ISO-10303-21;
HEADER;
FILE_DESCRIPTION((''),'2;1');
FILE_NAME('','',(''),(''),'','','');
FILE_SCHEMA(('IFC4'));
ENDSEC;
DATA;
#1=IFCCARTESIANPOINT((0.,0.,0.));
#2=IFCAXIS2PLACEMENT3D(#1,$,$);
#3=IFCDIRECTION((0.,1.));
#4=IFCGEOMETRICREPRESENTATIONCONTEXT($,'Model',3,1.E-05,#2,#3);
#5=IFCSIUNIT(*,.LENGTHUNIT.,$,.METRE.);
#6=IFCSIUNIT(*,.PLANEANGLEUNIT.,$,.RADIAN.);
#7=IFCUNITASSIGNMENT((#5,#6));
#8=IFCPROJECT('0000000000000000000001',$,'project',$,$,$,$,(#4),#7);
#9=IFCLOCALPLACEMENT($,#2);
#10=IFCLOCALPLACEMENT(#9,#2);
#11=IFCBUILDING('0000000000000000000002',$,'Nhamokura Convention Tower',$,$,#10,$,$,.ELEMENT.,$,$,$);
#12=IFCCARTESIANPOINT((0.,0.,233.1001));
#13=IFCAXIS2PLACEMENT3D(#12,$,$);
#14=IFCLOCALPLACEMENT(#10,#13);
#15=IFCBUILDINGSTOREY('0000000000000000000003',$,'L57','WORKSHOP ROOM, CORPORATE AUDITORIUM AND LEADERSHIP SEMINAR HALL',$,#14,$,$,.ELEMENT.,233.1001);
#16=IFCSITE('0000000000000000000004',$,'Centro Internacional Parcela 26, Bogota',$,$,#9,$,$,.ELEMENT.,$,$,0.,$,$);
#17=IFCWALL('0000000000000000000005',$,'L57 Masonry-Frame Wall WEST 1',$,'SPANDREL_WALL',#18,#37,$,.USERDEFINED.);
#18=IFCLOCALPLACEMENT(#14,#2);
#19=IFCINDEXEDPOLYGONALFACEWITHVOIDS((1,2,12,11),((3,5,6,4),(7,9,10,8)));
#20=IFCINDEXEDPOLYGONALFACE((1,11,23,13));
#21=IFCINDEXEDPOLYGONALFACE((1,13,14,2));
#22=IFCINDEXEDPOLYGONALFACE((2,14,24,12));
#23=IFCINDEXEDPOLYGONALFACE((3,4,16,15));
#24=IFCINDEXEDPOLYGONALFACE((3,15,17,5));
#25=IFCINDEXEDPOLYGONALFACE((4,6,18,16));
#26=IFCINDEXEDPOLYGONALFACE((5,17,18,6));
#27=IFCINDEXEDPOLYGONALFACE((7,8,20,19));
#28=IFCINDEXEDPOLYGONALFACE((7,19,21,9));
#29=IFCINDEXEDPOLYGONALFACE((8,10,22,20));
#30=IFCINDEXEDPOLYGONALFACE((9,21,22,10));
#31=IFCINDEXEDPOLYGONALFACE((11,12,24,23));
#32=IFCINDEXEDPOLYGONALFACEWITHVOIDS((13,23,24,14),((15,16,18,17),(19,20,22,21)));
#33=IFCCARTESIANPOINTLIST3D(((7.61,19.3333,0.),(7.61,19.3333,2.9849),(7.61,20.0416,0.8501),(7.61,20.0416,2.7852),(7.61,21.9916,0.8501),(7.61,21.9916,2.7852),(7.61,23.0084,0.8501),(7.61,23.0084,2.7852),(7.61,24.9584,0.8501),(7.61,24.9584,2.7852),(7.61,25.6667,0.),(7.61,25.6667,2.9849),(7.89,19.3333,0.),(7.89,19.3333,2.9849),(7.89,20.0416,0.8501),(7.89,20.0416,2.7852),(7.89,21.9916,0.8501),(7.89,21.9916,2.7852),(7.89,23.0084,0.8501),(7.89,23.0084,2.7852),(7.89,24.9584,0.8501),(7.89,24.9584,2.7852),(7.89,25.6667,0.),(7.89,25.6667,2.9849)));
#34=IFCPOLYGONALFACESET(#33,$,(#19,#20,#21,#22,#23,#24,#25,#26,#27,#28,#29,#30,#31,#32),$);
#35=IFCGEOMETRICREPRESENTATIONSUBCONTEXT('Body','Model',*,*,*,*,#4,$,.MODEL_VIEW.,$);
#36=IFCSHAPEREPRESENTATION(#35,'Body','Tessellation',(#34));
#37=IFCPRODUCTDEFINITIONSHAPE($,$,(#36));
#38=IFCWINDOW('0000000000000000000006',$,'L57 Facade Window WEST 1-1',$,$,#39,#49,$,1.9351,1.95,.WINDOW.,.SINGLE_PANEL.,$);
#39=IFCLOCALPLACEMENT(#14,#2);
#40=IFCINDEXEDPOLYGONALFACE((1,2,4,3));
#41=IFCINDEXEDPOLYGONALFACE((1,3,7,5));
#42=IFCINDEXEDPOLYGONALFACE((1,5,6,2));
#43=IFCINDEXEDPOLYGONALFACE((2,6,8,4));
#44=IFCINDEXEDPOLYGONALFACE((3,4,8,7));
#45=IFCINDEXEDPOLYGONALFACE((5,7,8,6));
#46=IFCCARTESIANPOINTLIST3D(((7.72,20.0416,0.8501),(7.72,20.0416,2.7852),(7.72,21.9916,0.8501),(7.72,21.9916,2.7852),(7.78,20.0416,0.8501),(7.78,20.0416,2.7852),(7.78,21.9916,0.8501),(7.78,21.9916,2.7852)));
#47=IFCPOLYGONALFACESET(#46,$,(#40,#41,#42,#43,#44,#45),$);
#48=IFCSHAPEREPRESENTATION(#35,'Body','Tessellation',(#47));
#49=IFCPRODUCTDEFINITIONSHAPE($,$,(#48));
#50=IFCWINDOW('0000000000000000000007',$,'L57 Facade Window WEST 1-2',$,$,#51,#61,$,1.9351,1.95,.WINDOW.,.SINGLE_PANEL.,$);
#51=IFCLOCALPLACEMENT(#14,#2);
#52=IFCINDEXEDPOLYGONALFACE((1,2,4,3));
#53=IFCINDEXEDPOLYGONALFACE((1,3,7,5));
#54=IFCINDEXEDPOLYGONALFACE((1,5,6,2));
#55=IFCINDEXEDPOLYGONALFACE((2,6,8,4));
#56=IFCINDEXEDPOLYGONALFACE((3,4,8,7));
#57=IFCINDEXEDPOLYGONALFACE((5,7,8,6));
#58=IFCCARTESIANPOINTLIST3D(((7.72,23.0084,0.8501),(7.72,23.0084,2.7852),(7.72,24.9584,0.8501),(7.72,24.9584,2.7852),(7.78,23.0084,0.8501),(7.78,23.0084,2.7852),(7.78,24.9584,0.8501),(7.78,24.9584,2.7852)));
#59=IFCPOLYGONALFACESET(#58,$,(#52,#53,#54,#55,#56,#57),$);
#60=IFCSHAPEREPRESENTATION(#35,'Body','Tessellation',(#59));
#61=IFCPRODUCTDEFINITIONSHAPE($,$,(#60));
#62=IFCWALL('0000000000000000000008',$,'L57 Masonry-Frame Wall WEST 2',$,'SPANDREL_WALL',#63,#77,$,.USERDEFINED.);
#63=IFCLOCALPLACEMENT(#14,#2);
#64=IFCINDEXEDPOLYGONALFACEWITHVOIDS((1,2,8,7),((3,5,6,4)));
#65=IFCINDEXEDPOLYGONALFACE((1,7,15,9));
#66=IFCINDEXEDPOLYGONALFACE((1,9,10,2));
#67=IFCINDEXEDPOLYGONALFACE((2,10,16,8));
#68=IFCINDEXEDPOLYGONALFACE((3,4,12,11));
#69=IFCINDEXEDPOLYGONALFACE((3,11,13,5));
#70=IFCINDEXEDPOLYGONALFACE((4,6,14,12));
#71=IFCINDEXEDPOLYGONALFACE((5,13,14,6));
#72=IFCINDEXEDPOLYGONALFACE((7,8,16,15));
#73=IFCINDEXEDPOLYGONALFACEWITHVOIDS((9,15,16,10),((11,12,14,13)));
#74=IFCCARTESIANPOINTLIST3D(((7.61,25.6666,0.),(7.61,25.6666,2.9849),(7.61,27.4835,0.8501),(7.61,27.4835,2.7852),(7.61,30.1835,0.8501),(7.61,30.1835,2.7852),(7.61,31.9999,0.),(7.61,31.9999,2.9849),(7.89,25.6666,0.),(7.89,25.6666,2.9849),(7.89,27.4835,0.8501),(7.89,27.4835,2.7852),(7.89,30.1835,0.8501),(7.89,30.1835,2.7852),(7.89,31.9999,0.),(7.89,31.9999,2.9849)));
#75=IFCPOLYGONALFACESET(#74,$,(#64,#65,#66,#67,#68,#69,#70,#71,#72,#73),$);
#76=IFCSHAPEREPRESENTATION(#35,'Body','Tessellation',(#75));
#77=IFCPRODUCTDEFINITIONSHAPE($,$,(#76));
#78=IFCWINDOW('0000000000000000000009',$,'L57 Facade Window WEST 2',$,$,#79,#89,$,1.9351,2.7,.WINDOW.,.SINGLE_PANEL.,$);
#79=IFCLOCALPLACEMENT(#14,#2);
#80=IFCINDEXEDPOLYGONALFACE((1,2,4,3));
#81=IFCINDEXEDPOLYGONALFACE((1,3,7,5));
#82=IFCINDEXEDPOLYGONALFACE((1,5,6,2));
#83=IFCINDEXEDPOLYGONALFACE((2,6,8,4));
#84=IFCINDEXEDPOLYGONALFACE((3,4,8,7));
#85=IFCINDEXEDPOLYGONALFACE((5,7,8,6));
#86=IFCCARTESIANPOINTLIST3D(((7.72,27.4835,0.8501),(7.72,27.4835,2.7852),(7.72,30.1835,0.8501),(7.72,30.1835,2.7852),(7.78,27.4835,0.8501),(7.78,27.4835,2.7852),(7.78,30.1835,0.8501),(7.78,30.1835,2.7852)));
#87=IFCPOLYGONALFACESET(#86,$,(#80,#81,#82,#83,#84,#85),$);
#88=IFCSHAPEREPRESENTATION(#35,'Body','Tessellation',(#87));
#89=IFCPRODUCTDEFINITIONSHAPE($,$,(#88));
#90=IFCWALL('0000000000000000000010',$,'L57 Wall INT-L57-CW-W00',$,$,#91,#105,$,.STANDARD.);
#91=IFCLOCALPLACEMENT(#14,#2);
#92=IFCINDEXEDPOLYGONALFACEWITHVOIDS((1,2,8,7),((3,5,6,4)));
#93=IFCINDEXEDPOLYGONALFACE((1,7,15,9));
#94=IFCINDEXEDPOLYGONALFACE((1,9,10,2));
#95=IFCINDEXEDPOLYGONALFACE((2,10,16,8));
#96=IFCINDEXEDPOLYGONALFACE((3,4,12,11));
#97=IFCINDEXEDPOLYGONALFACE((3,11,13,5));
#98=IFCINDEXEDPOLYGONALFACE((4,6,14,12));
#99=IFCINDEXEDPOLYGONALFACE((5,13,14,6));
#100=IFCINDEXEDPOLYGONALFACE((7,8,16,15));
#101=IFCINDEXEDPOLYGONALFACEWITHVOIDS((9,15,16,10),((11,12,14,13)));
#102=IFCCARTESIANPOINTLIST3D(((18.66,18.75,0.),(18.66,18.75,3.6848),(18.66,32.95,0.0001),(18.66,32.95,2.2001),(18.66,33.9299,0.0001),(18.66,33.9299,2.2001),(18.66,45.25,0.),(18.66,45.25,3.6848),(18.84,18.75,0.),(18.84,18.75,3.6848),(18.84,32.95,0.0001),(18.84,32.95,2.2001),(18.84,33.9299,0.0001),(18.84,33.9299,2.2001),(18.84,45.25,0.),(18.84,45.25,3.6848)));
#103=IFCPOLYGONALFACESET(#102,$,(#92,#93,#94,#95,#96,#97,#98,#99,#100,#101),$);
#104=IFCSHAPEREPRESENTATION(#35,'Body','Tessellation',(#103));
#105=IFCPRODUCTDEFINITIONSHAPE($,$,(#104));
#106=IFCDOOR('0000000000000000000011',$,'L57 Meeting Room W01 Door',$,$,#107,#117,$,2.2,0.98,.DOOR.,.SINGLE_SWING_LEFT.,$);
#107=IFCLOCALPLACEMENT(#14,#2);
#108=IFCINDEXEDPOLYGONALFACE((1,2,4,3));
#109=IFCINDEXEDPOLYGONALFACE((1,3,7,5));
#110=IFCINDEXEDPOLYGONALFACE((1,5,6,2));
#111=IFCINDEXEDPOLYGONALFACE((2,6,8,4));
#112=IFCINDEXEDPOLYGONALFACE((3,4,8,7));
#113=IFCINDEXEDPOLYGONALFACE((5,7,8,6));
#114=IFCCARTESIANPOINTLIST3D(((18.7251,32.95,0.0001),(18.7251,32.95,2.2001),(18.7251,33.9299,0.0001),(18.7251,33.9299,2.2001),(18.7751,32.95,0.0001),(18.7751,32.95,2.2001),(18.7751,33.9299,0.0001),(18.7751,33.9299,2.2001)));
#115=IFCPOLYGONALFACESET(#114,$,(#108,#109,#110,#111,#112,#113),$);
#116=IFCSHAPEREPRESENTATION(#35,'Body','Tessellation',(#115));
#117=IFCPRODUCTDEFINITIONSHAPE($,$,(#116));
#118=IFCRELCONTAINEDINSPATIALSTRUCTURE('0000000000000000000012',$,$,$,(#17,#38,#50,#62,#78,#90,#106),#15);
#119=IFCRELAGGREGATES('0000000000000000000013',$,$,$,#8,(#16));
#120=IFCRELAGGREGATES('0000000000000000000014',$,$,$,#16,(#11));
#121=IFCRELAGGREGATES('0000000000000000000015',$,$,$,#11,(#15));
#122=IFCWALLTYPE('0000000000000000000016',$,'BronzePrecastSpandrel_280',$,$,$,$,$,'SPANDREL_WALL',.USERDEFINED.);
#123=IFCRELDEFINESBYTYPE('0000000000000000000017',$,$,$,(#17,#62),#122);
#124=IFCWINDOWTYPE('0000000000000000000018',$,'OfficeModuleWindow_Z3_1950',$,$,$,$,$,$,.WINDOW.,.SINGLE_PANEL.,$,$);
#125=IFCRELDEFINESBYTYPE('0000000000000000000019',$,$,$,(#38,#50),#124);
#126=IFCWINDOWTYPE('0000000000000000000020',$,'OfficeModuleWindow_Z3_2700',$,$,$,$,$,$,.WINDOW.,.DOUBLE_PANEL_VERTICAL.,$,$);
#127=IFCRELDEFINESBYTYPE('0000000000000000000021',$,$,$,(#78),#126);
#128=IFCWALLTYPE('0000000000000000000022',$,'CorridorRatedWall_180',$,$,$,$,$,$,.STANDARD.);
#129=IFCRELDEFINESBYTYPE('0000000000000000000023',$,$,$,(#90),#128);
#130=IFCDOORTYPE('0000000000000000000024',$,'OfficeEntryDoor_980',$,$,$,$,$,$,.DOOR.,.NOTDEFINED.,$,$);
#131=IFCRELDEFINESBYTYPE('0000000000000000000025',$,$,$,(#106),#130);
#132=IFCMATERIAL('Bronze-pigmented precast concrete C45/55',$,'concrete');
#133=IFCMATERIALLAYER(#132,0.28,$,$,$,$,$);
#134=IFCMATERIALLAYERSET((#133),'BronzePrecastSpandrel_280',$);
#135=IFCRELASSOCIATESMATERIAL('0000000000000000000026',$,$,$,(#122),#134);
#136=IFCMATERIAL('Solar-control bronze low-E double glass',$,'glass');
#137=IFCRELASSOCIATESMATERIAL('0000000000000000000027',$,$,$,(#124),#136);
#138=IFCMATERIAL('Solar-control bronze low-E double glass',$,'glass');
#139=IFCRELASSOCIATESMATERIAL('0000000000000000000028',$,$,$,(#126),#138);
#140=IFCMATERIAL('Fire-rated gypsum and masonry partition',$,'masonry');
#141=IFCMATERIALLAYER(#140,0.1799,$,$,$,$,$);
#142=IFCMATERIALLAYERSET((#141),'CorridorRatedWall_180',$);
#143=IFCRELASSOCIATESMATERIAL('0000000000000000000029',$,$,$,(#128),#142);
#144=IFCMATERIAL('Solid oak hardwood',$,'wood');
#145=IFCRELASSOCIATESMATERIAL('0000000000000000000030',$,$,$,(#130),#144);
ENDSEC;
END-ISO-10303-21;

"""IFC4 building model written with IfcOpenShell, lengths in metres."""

from ifc_helpers import new_model, si_unit, direction, frame, frame_2d, origin, place, context, subcontext, project, spatial, rectangle, extrude, material, layer, layer_set, type_object, element, fill, save


model = new_model("IFC4")

# Units and contexts
model_context = context("Model", 3, precision=1e-05, world=origin(), true_north=direction((0.0, 1.0)))
body_context = subcontext(model_context, "Body", "Model", "MODEL_VIEW")
ifc_project = project(units=[si_unit("LENGTHUNIT", "METRE"), si_unit("PLANEANGLEUNIT", "RADIAN")], contexts=[model_context])

# Site, building, storey
site_placement = place(None, origin())
site = spatial("IfcSite", under=ifc_project, at=site_placement, Name="Centro Internacional Parcela 26, Bogota", CompositionType="ELEMENT", RefElevation=0.0)
building_placement = place(site_placement, origin())
building = spatial("IfcBuilding", under=site, at=building_placement, Name="Nhamokura Convention Tower", CompositionType="ELEMENT")
storey_placement = place(building_placement, frame((0.0, 0.0, 233.1001)))
storey = spatial("IfcBuildingStorey", under=building, at=storey_placement, Name="L57", Description="WORKSHOP ROOM, CORPORATE AUDITORIUM AND LEADERSHIP SEMINAR HALL", CompositionType="ELEMENT", Elevation=233.1001)

# Wall, openings, windows
ifc_material_1 = material(Name="Bronze-pigmented precast concrete C45/55", Category="concrete")
ifc_layer_1 = layer(ifc_material_1, 0.28)
ifc_layer_set_1 = layer_set([ifc_layer_1], Name="BronzePrecastSpandrel_280")
wall_type_1 = type_object("IfcWallType", Name="BronzePrecastSpandrel_280", ElementType="SPANDREL_WALL", PredefinedType="USERDEFINED", material=ifc_layer_set_1)
wall_1_placement = place(storey_placement, frame((7.75, 19.3333, 0.0), z_axis=(0.0, 0.0, 1.0), x_axis=(0.0, 1.0, 0.0)))
wall_1 = element("IfcWall", 1, at=wall_1_placement, inside=storey, type_object=wall_type_1, Name="L57 Masonry-Frame Wall WEST 1", ObjectType="SPANDREL_WALL", PredefinedType="USERDEFINED", context=body_context, shape_type="SweptSolid", body=[
    extrude(rectangle(XDim=6.3335, YDim=0.28, at=frame_2d((3.1667, 0.0))), origin(), (0.0, 0.0, 1.0), 2.9849),
])
opening_1_placement = place(wall_1_placement, frame((0.7083, 0.0, 0.8501)))
opening_1 = element("IfcOpeningElement", 2, at=opening_1_placement, cuts=wall_1, PredefinedType="OPENING", context=body_context, shape_type="SweptSolid", body=[
    extrude(rectangle(XDim=1.95, YDim=1.9351, at=frame_2d((0.9751, 0.9675))), frame((0.0, 0.1499, 0.0), z_axis=(0.0, -1.0, 0.0), x_axis=(1.0, 0.0, 0.0)), (0.0, 0.0, 1.0), 0.3),
])
opening_2_placement = place(wall_1_placement, frame((3.675, 0.0, 0.8501)))
opening_2 = element("IfcOpeningElement", 3, at=opening_2_placement, cuts=wall_1, PredefinedType="OPENING", context=body_context, shape_type="SweptSolid", body=[
    extrude(rectangle(XDim=1.95, YDim=1.9351, at=frame_2d((0.9751, 0.9675))), frame((0.0, 0.1499, 0.0), z_axis=(0.0, -1.0, 0.0), x_axis=(1.0, 0.0, 0.0)), (0.0, 0.0, 1.0), 0.3),
])
ifc_material_2 = material(Name="Solar-control bronze low-E double glass", Category="glass")
window_type_1 = type_object("IfcWindowType", Name="OfficeModuleWindow_Z3_1950", PartitioningType="SINGLE_PANEL", PredefinedType="WINDOW", material=ifc_material_2)
window_1_placement = place(opening_1_placement, origin())
window_1 = element("IfcWindow", 4, at=window_1_placement, inside=storey, type_object=window_type_1, Name="L57 Facade Window WEST 1-1", OverallHeight=1.9351, OverallWidth=1.95, PartitioningType="SINGLE_PANEL", PredefinedType="WINDOW", context=body_context, shape_type="SweptSolid", body=[
    extrude(rectangle(XDim=1.95, YDim=1.9351, at=frame_2d((0.9751, 0.9675))), frame((0.0, 0.03, 0.0), z_axis=(0.0, -1.0, 0.0), x_axis=(1.0, 0.0, 0.0)), (0.0, 0.0, 1.0), 0.0601),
])
fill(opening_1, window_1)
window_2_placement = place(opening_2_placement, origin())
window_2 = element("IfcWindow", 5, at=window_2_placement, inside=storey, type_object=window_type_1, Name="L57 Facade Window WEST 1-2", OverallHeight=1.9351, OverallWidth=1.95, PartitioningType="SINGLE_PANEL", PredefinedType="WINDOW", context=body_context, shape_type="SweptSolid", body=[
    extrude(rectangle(XDim=1.95, YDim=1.9351, at=frame_2d((0.9751, 0.9675))), frame((0.0, 0.03, 0.0), z_axis=(0.0, -1.0, 0.0), x_axis=(1.0, 0.0, 0.0)), (0.0, 0.0, 1.0), 0.0601),
])
fill(opening_2, window_2)

# Wall, opening, window
wall_2_placement = place(storey_placement, frame((7.75, 25.6667, 0.0), z_axis=(0.0, 0.0, 1.0), x_axis=(0.0, 1.0, 0.0)))
wall_2 = element("IfcWall", 6, at=wall_2_placement, inside=storey, type_object=wall_type_1, Name="L57 Masonry-Frame Wall WEST 2", ObjectType="SPANDREL_WALL", PredefinedType="USERDEFINED", context=body_context, shape_type="SweptSolid", body=[
    extrude(rectangle(XDim=6.3333, YDim=0.28, at=frame_2d((3.1665, 0.0))), origin(), (0.0, 0.0, 1.0), 2.9849),
])
opening_3_placement = place(wall_2_placement, frame((1.8167, 0.0, 0.8501)))
opening_3 = element("IfcOpeningElement", 7, at=opening_3_placement, cuts=wall_2, PredefinedType="OPENING", context=body_context, shape_type="SweptSolid", body=[
    extrude(rectangle(XDim=2.7, YDim=1.9351, at=frame_2d((1.3501, 0.9675))), frame((0.0, 0.1499, 0.0), z_axis=(0.0, -1.0, 0.0), x_axis=(1.0, 0.0, 0.0)), (0.0, 0.0, 1.0), 0.3),
])
ifc_material_3 = material(Name="Solar-control bronze low-E double glass", Category="glass")
window_type_2 = type_object("IfcWindowType", Name="OfficeModuleWindow_Z3_2700", PartitioningType="DOUBLE_PANEL_VERTICAL", PredefinedType="WINDOW", material=ifc_material_3)
window_3_placement = place(opening_3_placement, origin())
window_3 = element("IfcWindow", 8, at=window_3_placement, inside=storey, type_object=window_type_2, Name="L57 Facade Window WEST 2", OverallHeight=1.9351, OverallWidth=2.7, PartitioningType="SINGLE_PANEL", PredefinedType="WINDOW", context=body_context, shape_type="SweptSolid", body=[
    extrude(rectangle(XDim=2.7, YDim=1.9351, at=frame_2d((1.3501, 0.9675))), frame((0.0, 0.03, 0.0), z_axis=(0.0, -1.0, 0.0), x_axis=(1.0, 0.0, 0.0)), (0.0, 0.0, 1.0), 0.0601),
])
fill(opening_3, window_3)

# Wall, opening, door
ifc_material_4 = material(Name="Fire-rated gypsum and masonry partition", Category="masonry")
ifc_layer_2 = layer(ifc_material_4, 0.1799)
ifc_layer_set_2 = layer_set([ifc_layer_2], Name="CorridorRatedWall_180")
wall_type_2 = type_object("IfcWallType", Name="CorridorRatedWall_180", PredefinedType="STANDARD", material=ifc_layer_set_2)
wall_3_placement = place(storey_placement, frame((18.75, 18.75, 0.0), z_axis=(0.0, 0.0, 1.0), x_axis=(0.0, 1.0, 0.0)))
wall_3 = element("IfcWall", 9, at=wall_3_placement, inside=storey, type_object=wall_type_2, Name="L57 Wall INT-L57-CW-W00", PredefinedType="STANDARD", context=body_context, shape_type="SweptSolid", body=[
    extrude(rectangle(XDim=26.5, YDim=0.1799, at=frame_2d((13.25, 0.0))), origin(), (0.0, 0.0, 1.0), 3.6848),
])
opening_4_placement = place(wall_3_placement, frame((14.2, 0.0, 0.0)))
opening_4 = element("IfcOpeningElement", 10, at=opening_4_placement, cuts=wall_3, PredefinedType="OPENING", context=body_context, shape_type="SweptSolid", body=[
    extrude(rectangle(XDim=0.98, YDim=2.2, at=frame_2d((0.49, 1.1001))), frame((0.0, 0.0999, 0.0), z_axis=(0.0, -1.0, 0.0), x_axis=(1.0, 0.0, 0.0)), (0.0, 0.0, 1.0), 0.2),
])
ifc_material_5 = material(Name="Solid oak hardwood", Category="wood")
door_type_1 = type_object("IfcDoorType", Name="OfficeEntryDoor_980", OperationType="NOTDEFINED", PredefinedType="DOOR", material=ifc_material_5)
door_1_placement = place(opening_4_placement, origin())
door_1 = element("IfcDoor", 11, at=door_1_placement, inside=storey, type_object=door_type_1, Name="L57 Meeting Room W01 Door", OperationType="SINGLE_SWING_LEFT", OverallHeight=2.2, OverallWidth=0.98, PredefinedType="DOOR", context=body_context, shape_type="SweptSolid", body=[
    extrude(rectangle(XDim=0.98, YDim=2.2, at=frame_2d((0.49, 1.1001))), frame((0.0, 0.0249, 0.0), z_axis=(0.0, -1.0, 0.0), x_axis=(1.0, 0.0, 0.0)), (0.0, 0.0, 1.0), 0.05),
])
fill(opening_4, door_1)

save(model, "model.ifc")
